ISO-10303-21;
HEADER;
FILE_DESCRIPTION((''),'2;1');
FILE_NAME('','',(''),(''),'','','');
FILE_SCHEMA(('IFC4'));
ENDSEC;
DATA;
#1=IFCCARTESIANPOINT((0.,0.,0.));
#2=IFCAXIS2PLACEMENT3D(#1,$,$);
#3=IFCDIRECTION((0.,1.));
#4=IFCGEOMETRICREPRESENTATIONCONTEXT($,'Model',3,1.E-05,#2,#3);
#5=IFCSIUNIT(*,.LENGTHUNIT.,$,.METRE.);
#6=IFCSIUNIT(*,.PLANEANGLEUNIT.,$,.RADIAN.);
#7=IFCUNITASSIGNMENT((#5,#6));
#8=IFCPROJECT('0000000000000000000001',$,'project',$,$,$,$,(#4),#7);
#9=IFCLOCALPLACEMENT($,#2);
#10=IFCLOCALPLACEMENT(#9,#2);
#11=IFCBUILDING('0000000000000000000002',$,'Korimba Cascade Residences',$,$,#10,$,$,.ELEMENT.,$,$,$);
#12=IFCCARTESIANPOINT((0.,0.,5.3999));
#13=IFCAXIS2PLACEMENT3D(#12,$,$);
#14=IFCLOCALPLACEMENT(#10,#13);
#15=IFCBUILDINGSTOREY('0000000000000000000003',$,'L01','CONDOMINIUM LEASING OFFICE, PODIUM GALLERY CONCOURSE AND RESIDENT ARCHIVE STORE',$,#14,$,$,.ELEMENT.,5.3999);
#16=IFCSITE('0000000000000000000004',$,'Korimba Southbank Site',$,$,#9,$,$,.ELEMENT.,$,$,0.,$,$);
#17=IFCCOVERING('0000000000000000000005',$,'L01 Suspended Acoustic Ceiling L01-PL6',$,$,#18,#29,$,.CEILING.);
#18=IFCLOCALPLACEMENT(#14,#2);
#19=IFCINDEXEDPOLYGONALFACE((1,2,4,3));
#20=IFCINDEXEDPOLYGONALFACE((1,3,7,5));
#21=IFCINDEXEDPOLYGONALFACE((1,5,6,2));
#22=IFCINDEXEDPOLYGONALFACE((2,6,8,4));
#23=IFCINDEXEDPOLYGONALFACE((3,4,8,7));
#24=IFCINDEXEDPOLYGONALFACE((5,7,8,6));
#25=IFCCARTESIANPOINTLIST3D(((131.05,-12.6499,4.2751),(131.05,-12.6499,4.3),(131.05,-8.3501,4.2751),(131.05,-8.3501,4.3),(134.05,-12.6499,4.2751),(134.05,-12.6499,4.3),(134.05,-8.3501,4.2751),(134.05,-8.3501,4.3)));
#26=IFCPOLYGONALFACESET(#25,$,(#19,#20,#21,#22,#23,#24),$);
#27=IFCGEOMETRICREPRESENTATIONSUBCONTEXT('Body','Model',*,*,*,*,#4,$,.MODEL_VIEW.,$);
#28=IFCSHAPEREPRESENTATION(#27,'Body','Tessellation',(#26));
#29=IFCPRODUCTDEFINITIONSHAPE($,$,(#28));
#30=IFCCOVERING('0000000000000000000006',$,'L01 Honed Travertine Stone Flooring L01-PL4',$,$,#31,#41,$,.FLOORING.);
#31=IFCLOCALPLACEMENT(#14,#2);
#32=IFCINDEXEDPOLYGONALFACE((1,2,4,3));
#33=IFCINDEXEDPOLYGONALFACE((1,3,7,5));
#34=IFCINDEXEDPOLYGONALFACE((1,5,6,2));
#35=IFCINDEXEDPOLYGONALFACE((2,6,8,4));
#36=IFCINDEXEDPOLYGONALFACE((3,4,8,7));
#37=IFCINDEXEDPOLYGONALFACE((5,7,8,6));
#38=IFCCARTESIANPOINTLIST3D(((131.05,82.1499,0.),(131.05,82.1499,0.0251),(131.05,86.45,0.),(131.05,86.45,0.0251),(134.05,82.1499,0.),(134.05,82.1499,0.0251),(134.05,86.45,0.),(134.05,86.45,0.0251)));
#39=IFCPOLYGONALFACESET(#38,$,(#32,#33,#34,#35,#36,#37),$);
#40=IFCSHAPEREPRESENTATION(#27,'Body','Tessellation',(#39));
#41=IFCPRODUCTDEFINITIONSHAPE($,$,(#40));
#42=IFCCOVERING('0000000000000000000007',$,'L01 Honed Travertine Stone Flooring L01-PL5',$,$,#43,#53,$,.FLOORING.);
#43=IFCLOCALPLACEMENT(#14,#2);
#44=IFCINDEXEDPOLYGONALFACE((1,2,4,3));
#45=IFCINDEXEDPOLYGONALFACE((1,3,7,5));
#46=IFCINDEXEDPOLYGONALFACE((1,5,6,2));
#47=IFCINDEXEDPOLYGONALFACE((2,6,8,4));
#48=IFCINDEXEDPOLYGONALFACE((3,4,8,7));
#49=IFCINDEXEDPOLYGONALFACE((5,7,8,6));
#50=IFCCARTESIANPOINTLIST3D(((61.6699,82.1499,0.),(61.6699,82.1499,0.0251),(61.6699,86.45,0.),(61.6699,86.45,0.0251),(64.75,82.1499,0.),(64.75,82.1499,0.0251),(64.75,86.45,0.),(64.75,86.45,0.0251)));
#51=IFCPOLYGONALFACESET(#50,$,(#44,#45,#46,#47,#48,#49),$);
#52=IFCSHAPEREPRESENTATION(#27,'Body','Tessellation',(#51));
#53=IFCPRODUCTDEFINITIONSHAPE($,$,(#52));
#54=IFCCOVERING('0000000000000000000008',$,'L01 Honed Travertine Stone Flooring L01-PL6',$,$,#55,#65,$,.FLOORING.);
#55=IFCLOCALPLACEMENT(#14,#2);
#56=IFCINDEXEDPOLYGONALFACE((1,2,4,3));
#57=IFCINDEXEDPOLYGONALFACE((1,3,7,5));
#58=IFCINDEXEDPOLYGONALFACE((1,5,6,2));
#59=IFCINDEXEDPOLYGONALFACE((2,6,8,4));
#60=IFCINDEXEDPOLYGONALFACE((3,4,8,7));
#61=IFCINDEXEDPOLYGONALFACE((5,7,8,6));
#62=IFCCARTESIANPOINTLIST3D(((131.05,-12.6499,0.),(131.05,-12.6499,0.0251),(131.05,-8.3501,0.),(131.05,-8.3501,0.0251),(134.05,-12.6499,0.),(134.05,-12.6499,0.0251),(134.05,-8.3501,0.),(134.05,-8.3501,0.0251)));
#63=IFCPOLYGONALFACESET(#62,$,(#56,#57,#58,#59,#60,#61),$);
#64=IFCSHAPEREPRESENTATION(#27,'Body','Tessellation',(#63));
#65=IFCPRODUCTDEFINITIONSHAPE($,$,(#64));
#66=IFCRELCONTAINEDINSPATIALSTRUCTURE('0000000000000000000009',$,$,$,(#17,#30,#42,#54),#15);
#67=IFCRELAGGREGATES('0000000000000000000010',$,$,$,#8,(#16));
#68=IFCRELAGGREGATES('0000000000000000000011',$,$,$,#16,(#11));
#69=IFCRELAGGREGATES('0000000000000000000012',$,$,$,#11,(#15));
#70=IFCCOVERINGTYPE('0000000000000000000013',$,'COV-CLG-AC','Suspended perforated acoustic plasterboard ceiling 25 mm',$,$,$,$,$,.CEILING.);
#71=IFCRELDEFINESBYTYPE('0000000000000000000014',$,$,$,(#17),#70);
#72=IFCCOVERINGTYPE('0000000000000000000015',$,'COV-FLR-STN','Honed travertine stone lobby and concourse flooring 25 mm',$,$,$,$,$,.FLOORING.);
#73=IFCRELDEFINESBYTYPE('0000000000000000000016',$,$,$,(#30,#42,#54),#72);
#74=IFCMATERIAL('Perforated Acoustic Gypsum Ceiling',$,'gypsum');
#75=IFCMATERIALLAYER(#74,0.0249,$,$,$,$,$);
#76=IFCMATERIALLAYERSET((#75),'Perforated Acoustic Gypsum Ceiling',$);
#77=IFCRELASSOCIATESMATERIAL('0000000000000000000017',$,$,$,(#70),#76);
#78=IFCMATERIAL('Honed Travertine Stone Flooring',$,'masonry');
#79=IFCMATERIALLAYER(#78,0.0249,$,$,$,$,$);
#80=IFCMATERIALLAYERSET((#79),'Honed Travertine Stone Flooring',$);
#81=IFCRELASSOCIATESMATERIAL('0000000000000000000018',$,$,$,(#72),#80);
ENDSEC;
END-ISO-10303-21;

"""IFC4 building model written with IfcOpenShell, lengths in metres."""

from ifc_helpers import new_model, si_unit, direction, frame, origin, place, context, subcontext, project, spatial, polyline, outline, extrude, material, layer, layer_set, type_object, element, save


model = new_model("IFC4")

# Units and contexts
model_context = context("Model", 3, precision=1e-05, world=origin(), true_north=direction((0.0, 1.0)))
body_context = subcontext(model_context, "Body", "Model", "MODEL_VIEW")
ifc_project = project(units=[si_unit("LENGTHUNIT", "METRE"), si_unit("PLANEANGLEUNIT", "RADIAN")], contexts=[model_context])

# Site, building, storey
site_placement = place(None, origin())
site = spatial("IfcSite", under=ifc_project, at=site_placement, Name="Korimba Southbank Site", CompositionType="ELEMENT", RefElevation=0.0)
building_placement = place(site_placement, origin())
building = spatial("IfcBuilding", under=site, at=building_placement, Name="Korimba Cascade Residences", CompositionType="ELEMENT")
storey_placement = place(building_placement, frame((0.0, 0.0, 5.3999)))
storey = spatial("IfcBuildingStorey", under=building, at=storey_placement, Name="L01", Description="CONDOMINIUM LEASING OFFICE, PODIUM GALLERY CONCOURSE AND RESIDENT ARCHIVE STORE", CompositionType="ELEMENT", Elevation=5.3999)

# Coverings
ifc_material_1 = material(Name="Perforated Acoustic Gypsum Ceiling", Category="gypsum")
ifc_layer_1 = layer(ifc_material_1, 0.0249)
ifc_layer_set_1 = layer_set([ifc_layer_1], Name="Perforated Acoustic Gypsum Ceiling")
covering_type_1 = type_object("IfcCoveringType", Name="COV-CLG-AC", Description="Suspended perforated acoustic plasterboard ceiling 25 mm", PredefinedType="CEILING", material=ifc_layer_set_1)
covering_1_placement = place(storey_placement, frame((0.0, 0.0, 4.2751)))
element("IfcCovering", 1, at=covering_1_placement, inside=storey, type_object=covering_type_1, Name="L01 Suspended Acoustic Ceiling L01-PL6", PredefinedType="CEILING", context=body_context, shape_type="SweptSolid", body=[
    extrude(outline(polyline([(131.05, -12.6499), (134.05, -12.6499), (134.05, -8.3501), (131.05, -8.3501), (131.05, -12.6499)])), origin(), (0.0, 0.0, 1.0), 0.0249),
])
ifc_material_2 = material(Name="Honed Travertine Stone Flooring", Category="masonry")
ifc_layer_2 = layer(ifc_material_2, 0.0249)
ifc_layer_set_2 = layer_set([ifc_layer_2], Name="Honed Travertine Stone Flooring")
covering_type_2 = type_object("IfcCoveringType", Name="COV-FLR-STN", Description="Honed travertine stone lobby and concourse flooring 25 mm", PredefinedType="FLOORING", material=ifc_layer_set_2)
covering_2_placement = place(storey_placement, origin())
element("IfcCovering", 2, at=covering_2_placement, inside=storey, type_object=covering_type_2, Name="L01 Honed Travertine Stone Flooring L01-PL4", PredefinedType="FLOORING", context=body_context, shape_type="SweptSolid", body=[
    extrude(outline(polyline([(131.05, 82.1499), (134.05, 82.1499), (134.05, 86.45), (131.05, 86.45), (131.05, 82.1499)])), origin(), (0.0, 0.0, 1.0), 0.0251),
])
covering_3_placement = place(storey_placement, origin())
element("IfcCovering", 3, at=covering_3_placement, inside=storey, type_object=covering_type_2, Name="L01 Honed Travertine Stone Flooring L01-PL5", PredefinedType="FLOORING", context=body_context, shape_type="SweptSolid", body=[
    extrude(outline(polyline([(61.6699, 82.1499), (64.75, 82.1499), (64.75, 86.45), (61.6699, 86.45), (61.6699, 82.1499)])), origin(), (0.0, 0.0, 1.0), 0.0251),
])
covering_4_placement = place(storey_placement, origin())
element("IfcCovering", 4, at=covering_4_placement, inside=storey, type_object=covering_type_2, Name="L01 Honed Travertine Stone Flooring L01-PL6", PredefinedType="FLOORING", context=body_context, shape_type="SweptSolid", body=[
    extrude(outline(polyline([(131.05, -12.6499), (134.05, -12.6499), (134.05, -8.3501), (131.05, -8.3501), (131.05, -12.6499)])), origin(), (0.0, 0.0, 1.0), 0.0251),
])

save(model, "model.ifc")
